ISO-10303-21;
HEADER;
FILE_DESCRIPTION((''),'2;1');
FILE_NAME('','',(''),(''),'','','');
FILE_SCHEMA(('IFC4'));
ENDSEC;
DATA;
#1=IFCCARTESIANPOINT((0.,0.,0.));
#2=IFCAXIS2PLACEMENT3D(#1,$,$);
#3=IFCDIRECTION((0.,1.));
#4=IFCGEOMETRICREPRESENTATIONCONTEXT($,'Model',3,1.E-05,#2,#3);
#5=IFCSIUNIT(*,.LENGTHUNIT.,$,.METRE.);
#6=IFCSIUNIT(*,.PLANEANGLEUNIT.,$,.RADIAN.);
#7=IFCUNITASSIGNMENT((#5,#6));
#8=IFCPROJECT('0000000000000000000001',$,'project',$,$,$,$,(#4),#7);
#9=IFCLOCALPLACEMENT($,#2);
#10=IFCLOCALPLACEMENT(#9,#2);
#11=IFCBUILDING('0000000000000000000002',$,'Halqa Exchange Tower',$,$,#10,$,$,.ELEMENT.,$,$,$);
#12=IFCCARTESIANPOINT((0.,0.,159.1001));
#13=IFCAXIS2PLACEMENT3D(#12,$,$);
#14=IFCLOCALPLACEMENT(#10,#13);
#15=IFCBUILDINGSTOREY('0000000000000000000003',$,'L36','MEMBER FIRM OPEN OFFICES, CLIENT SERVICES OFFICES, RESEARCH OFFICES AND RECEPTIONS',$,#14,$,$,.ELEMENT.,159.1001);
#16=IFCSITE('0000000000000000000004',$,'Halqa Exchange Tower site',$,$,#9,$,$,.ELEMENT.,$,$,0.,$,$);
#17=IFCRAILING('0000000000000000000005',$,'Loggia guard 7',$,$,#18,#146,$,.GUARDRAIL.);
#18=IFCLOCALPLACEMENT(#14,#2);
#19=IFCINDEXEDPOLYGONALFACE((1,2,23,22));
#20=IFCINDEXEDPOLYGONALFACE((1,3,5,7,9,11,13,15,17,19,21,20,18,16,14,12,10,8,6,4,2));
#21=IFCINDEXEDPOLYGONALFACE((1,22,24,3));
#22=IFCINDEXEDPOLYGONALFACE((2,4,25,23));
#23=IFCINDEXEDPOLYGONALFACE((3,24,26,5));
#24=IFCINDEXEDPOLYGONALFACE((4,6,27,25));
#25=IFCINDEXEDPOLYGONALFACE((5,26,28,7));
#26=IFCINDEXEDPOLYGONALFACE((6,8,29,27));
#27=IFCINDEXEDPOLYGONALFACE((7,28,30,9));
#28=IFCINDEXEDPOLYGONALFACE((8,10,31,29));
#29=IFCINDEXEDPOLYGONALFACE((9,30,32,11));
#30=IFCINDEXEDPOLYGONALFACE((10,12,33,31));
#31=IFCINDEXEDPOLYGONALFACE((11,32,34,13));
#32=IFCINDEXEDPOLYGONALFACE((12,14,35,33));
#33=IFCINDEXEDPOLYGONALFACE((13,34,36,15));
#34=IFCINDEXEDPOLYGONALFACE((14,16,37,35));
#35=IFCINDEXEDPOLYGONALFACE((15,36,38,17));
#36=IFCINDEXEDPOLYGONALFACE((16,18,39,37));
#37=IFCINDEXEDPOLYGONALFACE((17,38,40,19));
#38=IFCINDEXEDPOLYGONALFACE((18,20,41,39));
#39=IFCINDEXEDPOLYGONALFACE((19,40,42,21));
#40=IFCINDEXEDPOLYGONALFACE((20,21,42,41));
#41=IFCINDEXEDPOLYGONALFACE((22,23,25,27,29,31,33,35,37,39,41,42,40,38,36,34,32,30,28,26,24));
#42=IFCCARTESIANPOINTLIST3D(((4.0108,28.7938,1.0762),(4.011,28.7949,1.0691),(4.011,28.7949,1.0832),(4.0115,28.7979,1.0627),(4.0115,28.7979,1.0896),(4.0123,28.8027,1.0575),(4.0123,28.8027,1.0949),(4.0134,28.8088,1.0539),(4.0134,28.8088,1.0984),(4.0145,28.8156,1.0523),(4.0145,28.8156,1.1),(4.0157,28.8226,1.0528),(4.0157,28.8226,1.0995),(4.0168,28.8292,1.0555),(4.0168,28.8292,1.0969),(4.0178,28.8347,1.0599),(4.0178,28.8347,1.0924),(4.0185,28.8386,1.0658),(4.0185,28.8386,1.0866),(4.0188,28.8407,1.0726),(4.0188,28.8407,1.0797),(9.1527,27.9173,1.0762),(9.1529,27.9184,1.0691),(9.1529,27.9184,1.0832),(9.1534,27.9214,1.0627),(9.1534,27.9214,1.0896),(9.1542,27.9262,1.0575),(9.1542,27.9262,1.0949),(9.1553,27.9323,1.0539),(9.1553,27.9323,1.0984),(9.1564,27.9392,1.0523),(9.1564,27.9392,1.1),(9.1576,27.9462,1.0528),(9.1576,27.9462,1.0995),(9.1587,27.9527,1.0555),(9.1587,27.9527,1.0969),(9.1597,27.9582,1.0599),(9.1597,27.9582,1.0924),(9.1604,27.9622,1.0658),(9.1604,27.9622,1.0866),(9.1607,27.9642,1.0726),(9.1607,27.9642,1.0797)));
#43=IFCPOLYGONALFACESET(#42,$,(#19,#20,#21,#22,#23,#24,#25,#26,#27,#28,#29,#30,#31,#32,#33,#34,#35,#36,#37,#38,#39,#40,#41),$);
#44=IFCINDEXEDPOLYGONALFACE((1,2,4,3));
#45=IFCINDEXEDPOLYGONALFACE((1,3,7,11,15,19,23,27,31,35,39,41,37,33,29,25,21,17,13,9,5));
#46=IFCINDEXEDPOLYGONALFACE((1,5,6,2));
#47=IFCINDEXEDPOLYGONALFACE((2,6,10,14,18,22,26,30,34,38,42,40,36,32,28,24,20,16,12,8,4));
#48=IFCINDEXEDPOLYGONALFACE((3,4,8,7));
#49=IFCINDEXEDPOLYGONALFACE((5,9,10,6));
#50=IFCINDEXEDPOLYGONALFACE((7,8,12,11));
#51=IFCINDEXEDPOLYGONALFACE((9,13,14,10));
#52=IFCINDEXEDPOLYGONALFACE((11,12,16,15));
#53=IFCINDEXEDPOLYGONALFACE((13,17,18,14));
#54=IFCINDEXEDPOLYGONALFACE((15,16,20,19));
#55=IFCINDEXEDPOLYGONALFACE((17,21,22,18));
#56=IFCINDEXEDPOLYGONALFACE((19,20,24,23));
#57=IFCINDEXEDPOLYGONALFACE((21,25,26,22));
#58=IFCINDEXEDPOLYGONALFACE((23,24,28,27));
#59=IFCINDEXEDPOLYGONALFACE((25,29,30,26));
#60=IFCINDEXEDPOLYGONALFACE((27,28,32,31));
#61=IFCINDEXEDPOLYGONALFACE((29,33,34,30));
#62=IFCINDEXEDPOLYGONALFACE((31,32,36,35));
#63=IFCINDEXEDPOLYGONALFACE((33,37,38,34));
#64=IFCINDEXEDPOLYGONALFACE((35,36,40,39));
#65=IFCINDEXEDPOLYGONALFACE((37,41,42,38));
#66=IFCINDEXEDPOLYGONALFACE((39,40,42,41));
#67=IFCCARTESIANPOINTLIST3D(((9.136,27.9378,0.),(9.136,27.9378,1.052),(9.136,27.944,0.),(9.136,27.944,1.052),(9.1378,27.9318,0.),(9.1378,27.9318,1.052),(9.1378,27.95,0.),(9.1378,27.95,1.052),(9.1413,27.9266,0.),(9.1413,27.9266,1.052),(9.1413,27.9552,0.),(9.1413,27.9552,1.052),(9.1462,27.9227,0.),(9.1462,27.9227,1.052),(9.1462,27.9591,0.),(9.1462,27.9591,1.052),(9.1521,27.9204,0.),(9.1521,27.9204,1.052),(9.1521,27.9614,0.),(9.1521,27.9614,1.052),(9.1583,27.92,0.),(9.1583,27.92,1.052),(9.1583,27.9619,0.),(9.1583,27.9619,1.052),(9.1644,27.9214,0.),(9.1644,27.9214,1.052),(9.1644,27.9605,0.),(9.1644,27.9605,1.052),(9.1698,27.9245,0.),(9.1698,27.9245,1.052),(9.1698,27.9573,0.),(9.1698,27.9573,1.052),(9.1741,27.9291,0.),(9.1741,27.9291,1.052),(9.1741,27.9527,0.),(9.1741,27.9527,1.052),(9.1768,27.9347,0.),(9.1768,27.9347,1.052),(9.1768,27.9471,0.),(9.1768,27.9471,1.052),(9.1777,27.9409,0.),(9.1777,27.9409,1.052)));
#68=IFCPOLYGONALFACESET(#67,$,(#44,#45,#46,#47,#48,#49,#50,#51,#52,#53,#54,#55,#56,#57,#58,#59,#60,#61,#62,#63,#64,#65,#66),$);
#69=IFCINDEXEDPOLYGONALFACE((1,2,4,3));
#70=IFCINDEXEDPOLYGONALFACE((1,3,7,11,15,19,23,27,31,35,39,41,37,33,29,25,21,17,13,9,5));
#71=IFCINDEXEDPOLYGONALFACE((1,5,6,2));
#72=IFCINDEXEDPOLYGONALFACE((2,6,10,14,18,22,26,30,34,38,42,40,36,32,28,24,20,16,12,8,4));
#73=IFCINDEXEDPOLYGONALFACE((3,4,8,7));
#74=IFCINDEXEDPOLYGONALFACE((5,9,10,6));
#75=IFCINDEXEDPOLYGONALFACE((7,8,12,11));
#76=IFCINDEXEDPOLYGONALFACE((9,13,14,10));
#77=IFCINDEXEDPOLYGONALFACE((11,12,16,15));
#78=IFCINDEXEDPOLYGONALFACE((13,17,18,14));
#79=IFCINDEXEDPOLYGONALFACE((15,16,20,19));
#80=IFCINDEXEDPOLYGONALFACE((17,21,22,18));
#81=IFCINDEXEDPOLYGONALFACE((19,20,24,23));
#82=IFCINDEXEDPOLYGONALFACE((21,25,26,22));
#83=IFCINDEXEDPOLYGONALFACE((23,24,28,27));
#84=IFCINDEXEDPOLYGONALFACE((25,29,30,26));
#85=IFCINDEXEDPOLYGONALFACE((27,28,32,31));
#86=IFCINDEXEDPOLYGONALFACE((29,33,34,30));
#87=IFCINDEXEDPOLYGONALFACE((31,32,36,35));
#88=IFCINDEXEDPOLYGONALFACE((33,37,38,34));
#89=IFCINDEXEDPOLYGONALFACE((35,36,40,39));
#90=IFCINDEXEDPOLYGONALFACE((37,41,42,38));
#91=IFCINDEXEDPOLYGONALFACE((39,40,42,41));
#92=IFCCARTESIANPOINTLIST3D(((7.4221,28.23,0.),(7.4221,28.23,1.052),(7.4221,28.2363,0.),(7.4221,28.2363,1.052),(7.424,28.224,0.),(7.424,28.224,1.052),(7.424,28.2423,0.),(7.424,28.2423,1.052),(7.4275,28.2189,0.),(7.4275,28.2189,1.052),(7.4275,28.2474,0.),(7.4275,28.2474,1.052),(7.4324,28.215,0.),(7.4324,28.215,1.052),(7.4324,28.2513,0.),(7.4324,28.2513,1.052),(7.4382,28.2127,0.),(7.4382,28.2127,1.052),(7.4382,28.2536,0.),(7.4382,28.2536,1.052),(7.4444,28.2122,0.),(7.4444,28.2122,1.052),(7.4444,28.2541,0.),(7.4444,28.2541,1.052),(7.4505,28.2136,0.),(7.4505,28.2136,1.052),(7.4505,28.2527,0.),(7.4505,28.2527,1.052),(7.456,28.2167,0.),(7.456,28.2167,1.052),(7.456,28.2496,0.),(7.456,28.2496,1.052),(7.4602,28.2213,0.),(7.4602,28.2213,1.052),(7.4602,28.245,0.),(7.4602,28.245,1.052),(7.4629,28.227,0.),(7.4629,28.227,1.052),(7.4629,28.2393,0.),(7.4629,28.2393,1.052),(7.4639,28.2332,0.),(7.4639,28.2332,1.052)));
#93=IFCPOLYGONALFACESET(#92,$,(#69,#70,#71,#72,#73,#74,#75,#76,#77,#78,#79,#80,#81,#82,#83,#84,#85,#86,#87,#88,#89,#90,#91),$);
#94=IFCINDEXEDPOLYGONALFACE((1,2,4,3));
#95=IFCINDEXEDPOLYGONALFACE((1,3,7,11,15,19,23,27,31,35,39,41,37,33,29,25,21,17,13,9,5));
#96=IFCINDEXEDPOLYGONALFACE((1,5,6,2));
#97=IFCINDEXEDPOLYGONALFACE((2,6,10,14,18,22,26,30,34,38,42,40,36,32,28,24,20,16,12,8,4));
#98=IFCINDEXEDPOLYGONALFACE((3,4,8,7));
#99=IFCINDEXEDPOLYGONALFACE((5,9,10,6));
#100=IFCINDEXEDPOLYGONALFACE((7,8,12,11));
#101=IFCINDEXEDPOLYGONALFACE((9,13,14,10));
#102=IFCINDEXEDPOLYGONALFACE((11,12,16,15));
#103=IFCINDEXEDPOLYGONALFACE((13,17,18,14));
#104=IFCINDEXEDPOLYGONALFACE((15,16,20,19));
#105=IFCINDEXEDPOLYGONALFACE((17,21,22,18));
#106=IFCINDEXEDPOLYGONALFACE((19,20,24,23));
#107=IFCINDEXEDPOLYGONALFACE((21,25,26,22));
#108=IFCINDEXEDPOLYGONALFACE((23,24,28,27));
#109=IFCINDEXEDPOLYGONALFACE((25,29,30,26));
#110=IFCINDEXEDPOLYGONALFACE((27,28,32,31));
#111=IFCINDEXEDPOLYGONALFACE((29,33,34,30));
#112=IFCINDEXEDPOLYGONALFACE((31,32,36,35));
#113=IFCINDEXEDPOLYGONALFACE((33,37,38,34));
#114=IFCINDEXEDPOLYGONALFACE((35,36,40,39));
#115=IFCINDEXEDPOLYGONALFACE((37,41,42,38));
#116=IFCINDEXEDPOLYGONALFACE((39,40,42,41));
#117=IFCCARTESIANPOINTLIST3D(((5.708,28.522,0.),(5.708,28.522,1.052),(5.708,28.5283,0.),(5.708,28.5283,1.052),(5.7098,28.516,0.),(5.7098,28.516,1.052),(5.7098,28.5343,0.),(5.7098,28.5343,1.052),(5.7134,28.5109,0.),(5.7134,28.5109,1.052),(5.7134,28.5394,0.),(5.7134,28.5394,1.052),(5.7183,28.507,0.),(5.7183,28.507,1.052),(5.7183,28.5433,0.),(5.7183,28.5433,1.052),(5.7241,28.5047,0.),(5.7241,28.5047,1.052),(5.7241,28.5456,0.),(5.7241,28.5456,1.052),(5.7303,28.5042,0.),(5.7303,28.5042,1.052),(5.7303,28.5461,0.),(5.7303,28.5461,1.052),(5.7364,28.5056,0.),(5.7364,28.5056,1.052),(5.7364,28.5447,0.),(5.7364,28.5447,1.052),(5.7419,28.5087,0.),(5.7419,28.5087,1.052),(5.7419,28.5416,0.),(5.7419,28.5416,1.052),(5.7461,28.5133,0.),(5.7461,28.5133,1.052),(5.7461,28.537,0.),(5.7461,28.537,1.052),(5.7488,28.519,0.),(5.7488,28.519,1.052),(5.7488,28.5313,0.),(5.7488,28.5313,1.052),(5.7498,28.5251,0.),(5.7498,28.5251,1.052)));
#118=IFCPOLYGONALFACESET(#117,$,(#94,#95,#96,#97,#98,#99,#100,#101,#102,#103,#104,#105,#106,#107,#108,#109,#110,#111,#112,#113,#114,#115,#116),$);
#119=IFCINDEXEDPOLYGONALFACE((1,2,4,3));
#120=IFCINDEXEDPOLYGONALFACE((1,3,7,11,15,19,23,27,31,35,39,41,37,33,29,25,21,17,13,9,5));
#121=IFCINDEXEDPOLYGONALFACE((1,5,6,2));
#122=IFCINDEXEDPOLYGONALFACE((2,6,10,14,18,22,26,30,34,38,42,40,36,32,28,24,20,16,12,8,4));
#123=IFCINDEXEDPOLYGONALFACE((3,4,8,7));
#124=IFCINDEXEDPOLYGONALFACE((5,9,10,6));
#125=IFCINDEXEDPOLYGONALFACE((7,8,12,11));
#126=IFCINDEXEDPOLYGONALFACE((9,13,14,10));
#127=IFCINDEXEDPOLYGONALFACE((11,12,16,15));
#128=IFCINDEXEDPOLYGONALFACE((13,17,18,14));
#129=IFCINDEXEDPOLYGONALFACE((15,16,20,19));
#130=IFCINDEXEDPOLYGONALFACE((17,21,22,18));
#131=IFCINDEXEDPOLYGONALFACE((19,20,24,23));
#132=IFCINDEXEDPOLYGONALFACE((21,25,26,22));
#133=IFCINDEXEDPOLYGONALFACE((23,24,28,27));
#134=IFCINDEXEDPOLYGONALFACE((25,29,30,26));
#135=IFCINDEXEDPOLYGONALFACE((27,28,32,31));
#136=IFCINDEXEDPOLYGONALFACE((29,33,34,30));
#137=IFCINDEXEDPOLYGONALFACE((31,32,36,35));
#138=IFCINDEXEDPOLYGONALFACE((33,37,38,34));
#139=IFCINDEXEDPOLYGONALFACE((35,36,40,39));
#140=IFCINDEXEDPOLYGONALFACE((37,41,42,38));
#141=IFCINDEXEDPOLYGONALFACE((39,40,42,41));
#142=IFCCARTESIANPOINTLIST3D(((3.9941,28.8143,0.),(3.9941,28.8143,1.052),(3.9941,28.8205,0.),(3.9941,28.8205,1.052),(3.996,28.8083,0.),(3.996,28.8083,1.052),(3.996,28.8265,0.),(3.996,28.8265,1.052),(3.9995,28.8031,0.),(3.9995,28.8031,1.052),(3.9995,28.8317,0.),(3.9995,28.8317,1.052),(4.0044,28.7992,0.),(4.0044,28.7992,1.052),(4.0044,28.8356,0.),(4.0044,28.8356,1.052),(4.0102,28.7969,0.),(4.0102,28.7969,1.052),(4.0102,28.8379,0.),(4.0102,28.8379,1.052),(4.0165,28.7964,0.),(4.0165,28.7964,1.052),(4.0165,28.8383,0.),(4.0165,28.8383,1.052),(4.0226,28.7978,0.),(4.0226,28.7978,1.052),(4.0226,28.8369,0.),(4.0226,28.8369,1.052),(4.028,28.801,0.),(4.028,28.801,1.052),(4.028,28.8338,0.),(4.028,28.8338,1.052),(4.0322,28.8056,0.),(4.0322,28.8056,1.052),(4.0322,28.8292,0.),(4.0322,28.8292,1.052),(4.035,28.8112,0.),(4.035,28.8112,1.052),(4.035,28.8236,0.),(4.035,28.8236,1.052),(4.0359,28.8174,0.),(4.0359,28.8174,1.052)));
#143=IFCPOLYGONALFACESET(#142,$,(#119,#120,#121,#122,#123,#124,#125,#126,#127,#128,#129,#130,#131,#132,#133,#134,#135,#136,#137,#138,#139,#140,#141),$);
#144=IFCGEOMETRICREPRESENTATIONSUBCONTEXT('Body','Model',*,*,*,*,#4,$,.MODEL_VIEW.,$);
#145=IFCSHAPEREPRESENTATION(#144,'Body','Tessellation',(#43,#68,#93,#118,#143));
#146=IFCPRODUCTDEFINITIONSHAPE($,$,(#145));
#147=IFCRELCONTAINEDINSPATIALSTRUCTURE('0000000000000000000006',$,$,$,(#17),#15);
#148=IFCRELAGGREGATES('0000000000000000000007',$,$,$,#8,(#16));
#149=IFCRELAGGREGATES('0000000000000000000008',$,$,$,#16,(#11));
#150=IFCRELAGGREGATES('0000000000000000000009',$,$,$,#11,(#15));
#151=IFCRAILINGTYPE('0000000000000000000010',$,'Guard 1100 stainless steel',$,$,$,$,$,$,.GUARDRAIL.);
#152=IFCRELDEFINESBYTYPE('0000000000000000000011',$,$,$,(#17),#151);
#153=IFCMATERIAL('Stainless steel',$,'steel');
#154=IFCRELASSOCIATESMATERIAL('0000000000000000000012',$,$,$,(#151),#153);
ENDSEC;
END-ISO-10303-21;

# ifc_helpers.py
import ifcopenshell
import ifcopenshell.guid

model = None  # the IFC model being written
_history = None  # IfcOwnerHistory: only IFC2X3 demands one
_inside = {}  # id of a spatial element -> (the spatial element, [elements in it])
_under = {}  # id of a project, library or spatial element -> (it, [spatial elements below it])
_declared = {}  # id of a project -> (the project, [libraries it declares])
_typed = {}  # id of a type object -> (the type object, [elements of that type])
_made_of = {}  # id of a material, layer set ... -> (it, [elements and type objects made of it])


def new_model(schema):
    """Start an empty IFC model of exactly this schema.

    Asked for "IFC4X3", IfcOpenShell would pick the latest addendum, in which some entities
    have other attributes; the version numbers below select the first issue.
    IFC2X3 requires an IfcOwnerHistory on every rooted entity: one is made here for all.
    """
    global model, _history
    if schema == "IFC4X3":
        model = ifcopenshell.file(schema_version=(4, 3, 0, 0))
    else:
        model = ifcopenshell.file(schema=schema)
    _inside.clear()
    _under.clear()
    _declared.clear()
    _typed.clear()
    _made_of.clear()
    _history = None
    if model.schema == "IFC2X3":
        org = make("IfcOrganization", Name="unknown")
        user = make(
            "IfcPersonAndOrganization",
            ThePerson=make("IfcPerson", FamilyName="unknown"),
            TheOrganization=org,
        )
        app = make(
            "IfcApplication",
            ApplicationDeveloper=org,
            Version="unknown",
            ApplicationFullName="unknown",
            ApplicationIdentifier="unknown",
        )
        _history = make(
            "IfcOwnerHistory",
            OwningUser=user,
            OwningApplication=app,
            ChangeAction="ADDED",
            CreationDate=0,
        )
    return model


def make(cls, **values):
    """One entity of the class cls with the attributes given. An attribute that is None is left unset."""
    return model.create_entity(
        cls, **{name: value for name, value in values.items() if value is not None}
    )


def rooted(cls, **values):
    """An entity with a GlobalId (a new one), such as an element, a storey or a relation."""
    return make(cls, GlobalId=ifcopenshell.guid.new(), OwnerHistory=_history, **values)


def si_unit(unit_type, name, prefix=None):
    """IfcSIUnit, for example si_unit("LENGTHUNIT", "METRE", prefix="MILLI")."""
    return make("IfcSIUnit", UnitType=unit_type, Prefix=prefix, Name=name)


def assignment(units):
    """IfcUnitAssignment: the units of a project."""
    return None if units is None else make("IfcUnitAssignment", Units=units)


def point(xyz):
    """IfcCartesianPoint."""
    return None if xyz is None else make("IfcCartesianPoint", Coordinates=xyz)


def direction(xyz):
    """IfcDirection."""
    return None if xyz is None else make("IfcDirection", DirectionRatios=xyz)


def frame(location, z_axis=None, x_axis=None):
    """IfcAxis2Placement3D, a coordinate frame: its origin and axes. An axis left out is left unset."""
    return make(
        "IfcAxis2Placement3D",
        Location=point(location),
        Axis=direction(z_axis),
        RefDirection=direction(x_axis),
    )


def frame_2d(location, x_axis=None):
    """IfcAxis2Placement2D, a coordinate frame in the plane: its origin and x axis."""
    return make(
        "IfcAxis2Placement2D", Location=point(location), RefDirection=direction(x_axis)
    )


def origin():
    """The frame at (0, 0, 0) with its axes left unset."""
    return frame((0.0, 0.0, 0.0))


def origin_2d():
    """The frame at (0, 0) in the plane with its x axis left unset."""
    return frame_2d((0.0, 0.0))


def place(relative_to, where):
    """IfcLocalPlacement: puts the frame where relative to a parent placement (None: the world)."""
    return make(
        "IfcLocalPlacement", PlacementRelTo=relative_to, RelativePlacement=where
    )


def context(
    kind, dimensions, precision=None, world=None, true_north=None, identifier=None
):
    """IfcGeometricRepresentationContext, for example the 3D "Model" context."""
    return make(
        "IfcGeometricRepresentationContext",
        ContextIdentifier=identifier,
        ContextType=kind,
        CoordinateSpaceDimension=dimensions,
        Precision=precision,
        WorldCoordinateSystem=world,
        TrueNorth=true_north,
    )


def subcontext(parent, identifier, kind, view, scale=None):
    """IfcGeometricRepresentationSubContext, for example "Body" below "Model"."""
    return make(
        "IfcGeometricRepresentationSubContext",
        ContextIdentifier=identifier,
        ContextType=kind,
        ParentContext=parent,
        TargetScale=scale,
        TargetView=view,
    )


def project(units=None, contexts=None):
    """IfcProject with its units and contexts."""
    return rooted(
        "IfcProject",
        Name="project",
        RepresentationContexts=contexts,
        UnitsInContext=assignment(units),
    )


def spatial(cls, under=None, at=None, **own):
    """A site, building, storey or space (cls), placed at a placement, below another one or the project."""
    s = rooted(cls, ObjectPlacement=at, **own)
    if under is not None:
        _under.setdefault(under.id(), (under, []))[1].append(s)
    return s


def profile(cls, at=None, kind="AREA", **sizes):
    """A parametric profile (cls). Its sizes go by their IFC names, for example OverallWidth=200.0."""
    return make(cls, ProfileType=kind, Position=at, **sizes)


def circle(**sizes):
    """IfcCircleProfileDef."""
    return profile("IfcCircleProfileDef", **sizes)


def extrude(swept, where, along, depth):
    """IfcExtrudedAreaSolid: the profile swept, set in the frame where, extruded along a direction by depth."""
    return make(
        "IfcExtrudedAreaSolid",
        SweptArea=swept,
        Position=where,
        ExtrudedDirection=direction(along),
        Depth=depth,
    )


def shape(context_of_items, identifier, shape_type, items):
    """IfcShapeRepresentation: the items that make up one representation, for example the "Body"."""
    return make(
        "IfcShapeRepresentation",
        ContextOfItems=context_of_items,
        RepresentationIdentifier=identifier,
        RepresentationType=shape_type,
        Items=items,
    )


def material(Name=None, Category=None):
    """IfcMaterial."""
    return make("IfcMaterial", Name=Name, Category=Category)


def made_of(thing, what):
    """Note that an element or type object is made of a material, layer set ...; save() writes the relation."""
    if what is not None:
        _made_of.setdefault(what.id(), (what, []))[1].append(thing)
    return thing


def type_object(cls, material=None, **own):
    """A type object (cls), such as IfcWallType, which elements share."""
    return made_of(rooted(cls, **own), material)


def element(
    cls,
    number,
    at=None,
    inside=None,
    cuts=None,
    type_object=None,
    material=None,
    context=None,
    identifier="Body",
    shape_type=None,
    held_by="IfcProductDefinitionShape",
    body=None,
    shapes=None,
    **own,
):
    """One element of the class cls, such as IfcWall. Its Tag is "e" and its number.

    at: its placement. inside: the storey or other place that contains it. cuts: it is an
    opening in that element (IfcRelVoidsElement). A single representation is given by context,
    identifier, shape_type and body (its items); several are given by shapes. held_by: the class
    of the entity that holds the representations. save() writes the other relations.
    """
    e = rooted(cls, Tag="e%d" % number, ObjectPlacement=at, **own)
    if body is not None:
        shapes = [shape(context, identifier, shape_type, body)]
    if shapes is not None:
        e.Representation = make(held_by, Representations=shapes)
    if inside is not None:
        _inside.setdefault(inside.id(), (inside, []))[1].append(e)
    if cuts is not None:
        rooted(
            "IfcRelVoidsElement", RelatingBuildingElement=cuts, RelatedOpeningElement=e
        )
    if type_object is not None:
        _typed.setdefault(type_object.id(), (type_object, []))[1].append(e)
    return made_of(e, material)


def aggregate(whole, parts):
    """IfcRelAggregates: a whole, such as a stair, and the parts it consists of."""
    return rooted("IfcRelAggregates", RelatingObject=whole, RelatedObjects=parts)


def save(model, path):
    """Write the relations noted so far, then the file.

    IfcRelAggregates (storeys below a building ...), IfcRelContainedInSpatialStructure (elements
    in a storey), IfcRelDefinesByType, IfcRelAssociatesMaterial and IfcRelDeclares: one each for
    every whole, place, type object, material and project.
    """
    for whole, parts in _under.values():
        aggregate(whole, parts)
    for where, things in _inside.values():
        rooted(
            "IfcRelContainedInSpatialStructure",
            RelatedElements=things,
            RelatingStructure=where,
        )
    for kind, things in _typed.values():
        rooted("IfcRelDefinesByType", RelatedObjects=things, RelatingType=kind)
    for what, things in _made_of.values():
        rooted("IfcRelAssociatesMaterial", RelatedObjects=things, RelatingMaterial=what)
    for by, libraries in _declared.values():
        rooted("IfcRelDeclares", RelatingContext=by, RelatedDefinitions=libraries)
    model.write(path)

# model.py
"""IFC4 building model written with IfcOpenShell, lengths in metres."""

from ifc_helpers import new_model, si_unit, direction, frame, origin, origin_2d, place, context, subcontext, project, spatial, circle, extrude, material, type_object, element, save


model = new_model("IFC4")

# Units and contexts
model_context = context("Model", 3, precision=1e-05, world=origin(), true_north=direction((0.0, 1.0)))
body_context = subcontext(model_context, "Body", "Model", "MODEL_VIEW")
ifc_project = project(units=[si_unit("LENGTHUNIT", "METRE"), si_unit("PLANEANGLEUNIT", "RADIAN")], contexts=[model_context])

# Site, building, storey
site_placement = place(None, origin())
site = spatial("IfcSite", under=ifc_project, at=site_placement, Name="Halqa Exchange Tower site", CompositionType="ELEMENT", RefElevation=0.0)
building_placement = place(site_placement, origin())
building = spatial("IfcBuilding", under=site, at=building_placement, Name="Halqa Exchange Tower", CompositionType="ELEMENT")
storey_placement = place(building_placement, frame((0.0, 0.0, 159.1001)))
storey = spatial("IfcBuildingStorey", under=building, at=storey_placement, Name="L36", Description="MEMBER FIRM OPEN OFFICES, CLIENT SERVICES OFFICES, RESEARCH OFFICES AND RECEPTIONS", CompositionType="ELEMENT", Elevation=159.1001)

# Railing
ifc_material_1 = material(Name="Stainless steel", Category="steel")
railing_type = type_object("IfcRailingType", Name="Guard 1100 stainless steel", PredefinedType="GUARDRAIL", material=ifc_material_1)
railing_1_placement = place(storey_placement, frame((9.1567, 27.9409, 0.0)))
element("IfcRailing", 1, at=railing_1_placement, inside=storey, type_object=railing_type, Name="Loggia guard 7", PredefinedType="GUARDRAIL", context=body_context, shape_type="SweptSolid", body=[
    extrude(circle(Radius=0.0239, at=origin_2d()), frame((0.0, 0.0, 1.0762), z_axis=(-0.985781, 0.168034, 0.0), x_axis=(-0.168034, -0.985781, 0.0)), (0.0, 0.0, 1.0), 5.2161),
    extrude(circle(Radius=0.021, at=origin_2d()), origin(), (0.0, 0.0, 1.0), 1.052),
    extrude(circle(Radius=0.021, at=origin_2d()), frame((-1.7139, 0.2922, 0.0)), (0.0, 0.0, 1.0), 1.052),
    extrude(circle(Radius=0.021, at=origin_2d()), frame((-3.428, 0.5842, 0.0)), (0.0, 0.0, 1.0), 1.052),
    extrude(circle(Radius=0.021, at=origin_2d()), frame((-5.1418, 0.8765, 0.0)), (0.0, 0.0, 1.0), 1.052),
])

save(model, "model.ifc")
